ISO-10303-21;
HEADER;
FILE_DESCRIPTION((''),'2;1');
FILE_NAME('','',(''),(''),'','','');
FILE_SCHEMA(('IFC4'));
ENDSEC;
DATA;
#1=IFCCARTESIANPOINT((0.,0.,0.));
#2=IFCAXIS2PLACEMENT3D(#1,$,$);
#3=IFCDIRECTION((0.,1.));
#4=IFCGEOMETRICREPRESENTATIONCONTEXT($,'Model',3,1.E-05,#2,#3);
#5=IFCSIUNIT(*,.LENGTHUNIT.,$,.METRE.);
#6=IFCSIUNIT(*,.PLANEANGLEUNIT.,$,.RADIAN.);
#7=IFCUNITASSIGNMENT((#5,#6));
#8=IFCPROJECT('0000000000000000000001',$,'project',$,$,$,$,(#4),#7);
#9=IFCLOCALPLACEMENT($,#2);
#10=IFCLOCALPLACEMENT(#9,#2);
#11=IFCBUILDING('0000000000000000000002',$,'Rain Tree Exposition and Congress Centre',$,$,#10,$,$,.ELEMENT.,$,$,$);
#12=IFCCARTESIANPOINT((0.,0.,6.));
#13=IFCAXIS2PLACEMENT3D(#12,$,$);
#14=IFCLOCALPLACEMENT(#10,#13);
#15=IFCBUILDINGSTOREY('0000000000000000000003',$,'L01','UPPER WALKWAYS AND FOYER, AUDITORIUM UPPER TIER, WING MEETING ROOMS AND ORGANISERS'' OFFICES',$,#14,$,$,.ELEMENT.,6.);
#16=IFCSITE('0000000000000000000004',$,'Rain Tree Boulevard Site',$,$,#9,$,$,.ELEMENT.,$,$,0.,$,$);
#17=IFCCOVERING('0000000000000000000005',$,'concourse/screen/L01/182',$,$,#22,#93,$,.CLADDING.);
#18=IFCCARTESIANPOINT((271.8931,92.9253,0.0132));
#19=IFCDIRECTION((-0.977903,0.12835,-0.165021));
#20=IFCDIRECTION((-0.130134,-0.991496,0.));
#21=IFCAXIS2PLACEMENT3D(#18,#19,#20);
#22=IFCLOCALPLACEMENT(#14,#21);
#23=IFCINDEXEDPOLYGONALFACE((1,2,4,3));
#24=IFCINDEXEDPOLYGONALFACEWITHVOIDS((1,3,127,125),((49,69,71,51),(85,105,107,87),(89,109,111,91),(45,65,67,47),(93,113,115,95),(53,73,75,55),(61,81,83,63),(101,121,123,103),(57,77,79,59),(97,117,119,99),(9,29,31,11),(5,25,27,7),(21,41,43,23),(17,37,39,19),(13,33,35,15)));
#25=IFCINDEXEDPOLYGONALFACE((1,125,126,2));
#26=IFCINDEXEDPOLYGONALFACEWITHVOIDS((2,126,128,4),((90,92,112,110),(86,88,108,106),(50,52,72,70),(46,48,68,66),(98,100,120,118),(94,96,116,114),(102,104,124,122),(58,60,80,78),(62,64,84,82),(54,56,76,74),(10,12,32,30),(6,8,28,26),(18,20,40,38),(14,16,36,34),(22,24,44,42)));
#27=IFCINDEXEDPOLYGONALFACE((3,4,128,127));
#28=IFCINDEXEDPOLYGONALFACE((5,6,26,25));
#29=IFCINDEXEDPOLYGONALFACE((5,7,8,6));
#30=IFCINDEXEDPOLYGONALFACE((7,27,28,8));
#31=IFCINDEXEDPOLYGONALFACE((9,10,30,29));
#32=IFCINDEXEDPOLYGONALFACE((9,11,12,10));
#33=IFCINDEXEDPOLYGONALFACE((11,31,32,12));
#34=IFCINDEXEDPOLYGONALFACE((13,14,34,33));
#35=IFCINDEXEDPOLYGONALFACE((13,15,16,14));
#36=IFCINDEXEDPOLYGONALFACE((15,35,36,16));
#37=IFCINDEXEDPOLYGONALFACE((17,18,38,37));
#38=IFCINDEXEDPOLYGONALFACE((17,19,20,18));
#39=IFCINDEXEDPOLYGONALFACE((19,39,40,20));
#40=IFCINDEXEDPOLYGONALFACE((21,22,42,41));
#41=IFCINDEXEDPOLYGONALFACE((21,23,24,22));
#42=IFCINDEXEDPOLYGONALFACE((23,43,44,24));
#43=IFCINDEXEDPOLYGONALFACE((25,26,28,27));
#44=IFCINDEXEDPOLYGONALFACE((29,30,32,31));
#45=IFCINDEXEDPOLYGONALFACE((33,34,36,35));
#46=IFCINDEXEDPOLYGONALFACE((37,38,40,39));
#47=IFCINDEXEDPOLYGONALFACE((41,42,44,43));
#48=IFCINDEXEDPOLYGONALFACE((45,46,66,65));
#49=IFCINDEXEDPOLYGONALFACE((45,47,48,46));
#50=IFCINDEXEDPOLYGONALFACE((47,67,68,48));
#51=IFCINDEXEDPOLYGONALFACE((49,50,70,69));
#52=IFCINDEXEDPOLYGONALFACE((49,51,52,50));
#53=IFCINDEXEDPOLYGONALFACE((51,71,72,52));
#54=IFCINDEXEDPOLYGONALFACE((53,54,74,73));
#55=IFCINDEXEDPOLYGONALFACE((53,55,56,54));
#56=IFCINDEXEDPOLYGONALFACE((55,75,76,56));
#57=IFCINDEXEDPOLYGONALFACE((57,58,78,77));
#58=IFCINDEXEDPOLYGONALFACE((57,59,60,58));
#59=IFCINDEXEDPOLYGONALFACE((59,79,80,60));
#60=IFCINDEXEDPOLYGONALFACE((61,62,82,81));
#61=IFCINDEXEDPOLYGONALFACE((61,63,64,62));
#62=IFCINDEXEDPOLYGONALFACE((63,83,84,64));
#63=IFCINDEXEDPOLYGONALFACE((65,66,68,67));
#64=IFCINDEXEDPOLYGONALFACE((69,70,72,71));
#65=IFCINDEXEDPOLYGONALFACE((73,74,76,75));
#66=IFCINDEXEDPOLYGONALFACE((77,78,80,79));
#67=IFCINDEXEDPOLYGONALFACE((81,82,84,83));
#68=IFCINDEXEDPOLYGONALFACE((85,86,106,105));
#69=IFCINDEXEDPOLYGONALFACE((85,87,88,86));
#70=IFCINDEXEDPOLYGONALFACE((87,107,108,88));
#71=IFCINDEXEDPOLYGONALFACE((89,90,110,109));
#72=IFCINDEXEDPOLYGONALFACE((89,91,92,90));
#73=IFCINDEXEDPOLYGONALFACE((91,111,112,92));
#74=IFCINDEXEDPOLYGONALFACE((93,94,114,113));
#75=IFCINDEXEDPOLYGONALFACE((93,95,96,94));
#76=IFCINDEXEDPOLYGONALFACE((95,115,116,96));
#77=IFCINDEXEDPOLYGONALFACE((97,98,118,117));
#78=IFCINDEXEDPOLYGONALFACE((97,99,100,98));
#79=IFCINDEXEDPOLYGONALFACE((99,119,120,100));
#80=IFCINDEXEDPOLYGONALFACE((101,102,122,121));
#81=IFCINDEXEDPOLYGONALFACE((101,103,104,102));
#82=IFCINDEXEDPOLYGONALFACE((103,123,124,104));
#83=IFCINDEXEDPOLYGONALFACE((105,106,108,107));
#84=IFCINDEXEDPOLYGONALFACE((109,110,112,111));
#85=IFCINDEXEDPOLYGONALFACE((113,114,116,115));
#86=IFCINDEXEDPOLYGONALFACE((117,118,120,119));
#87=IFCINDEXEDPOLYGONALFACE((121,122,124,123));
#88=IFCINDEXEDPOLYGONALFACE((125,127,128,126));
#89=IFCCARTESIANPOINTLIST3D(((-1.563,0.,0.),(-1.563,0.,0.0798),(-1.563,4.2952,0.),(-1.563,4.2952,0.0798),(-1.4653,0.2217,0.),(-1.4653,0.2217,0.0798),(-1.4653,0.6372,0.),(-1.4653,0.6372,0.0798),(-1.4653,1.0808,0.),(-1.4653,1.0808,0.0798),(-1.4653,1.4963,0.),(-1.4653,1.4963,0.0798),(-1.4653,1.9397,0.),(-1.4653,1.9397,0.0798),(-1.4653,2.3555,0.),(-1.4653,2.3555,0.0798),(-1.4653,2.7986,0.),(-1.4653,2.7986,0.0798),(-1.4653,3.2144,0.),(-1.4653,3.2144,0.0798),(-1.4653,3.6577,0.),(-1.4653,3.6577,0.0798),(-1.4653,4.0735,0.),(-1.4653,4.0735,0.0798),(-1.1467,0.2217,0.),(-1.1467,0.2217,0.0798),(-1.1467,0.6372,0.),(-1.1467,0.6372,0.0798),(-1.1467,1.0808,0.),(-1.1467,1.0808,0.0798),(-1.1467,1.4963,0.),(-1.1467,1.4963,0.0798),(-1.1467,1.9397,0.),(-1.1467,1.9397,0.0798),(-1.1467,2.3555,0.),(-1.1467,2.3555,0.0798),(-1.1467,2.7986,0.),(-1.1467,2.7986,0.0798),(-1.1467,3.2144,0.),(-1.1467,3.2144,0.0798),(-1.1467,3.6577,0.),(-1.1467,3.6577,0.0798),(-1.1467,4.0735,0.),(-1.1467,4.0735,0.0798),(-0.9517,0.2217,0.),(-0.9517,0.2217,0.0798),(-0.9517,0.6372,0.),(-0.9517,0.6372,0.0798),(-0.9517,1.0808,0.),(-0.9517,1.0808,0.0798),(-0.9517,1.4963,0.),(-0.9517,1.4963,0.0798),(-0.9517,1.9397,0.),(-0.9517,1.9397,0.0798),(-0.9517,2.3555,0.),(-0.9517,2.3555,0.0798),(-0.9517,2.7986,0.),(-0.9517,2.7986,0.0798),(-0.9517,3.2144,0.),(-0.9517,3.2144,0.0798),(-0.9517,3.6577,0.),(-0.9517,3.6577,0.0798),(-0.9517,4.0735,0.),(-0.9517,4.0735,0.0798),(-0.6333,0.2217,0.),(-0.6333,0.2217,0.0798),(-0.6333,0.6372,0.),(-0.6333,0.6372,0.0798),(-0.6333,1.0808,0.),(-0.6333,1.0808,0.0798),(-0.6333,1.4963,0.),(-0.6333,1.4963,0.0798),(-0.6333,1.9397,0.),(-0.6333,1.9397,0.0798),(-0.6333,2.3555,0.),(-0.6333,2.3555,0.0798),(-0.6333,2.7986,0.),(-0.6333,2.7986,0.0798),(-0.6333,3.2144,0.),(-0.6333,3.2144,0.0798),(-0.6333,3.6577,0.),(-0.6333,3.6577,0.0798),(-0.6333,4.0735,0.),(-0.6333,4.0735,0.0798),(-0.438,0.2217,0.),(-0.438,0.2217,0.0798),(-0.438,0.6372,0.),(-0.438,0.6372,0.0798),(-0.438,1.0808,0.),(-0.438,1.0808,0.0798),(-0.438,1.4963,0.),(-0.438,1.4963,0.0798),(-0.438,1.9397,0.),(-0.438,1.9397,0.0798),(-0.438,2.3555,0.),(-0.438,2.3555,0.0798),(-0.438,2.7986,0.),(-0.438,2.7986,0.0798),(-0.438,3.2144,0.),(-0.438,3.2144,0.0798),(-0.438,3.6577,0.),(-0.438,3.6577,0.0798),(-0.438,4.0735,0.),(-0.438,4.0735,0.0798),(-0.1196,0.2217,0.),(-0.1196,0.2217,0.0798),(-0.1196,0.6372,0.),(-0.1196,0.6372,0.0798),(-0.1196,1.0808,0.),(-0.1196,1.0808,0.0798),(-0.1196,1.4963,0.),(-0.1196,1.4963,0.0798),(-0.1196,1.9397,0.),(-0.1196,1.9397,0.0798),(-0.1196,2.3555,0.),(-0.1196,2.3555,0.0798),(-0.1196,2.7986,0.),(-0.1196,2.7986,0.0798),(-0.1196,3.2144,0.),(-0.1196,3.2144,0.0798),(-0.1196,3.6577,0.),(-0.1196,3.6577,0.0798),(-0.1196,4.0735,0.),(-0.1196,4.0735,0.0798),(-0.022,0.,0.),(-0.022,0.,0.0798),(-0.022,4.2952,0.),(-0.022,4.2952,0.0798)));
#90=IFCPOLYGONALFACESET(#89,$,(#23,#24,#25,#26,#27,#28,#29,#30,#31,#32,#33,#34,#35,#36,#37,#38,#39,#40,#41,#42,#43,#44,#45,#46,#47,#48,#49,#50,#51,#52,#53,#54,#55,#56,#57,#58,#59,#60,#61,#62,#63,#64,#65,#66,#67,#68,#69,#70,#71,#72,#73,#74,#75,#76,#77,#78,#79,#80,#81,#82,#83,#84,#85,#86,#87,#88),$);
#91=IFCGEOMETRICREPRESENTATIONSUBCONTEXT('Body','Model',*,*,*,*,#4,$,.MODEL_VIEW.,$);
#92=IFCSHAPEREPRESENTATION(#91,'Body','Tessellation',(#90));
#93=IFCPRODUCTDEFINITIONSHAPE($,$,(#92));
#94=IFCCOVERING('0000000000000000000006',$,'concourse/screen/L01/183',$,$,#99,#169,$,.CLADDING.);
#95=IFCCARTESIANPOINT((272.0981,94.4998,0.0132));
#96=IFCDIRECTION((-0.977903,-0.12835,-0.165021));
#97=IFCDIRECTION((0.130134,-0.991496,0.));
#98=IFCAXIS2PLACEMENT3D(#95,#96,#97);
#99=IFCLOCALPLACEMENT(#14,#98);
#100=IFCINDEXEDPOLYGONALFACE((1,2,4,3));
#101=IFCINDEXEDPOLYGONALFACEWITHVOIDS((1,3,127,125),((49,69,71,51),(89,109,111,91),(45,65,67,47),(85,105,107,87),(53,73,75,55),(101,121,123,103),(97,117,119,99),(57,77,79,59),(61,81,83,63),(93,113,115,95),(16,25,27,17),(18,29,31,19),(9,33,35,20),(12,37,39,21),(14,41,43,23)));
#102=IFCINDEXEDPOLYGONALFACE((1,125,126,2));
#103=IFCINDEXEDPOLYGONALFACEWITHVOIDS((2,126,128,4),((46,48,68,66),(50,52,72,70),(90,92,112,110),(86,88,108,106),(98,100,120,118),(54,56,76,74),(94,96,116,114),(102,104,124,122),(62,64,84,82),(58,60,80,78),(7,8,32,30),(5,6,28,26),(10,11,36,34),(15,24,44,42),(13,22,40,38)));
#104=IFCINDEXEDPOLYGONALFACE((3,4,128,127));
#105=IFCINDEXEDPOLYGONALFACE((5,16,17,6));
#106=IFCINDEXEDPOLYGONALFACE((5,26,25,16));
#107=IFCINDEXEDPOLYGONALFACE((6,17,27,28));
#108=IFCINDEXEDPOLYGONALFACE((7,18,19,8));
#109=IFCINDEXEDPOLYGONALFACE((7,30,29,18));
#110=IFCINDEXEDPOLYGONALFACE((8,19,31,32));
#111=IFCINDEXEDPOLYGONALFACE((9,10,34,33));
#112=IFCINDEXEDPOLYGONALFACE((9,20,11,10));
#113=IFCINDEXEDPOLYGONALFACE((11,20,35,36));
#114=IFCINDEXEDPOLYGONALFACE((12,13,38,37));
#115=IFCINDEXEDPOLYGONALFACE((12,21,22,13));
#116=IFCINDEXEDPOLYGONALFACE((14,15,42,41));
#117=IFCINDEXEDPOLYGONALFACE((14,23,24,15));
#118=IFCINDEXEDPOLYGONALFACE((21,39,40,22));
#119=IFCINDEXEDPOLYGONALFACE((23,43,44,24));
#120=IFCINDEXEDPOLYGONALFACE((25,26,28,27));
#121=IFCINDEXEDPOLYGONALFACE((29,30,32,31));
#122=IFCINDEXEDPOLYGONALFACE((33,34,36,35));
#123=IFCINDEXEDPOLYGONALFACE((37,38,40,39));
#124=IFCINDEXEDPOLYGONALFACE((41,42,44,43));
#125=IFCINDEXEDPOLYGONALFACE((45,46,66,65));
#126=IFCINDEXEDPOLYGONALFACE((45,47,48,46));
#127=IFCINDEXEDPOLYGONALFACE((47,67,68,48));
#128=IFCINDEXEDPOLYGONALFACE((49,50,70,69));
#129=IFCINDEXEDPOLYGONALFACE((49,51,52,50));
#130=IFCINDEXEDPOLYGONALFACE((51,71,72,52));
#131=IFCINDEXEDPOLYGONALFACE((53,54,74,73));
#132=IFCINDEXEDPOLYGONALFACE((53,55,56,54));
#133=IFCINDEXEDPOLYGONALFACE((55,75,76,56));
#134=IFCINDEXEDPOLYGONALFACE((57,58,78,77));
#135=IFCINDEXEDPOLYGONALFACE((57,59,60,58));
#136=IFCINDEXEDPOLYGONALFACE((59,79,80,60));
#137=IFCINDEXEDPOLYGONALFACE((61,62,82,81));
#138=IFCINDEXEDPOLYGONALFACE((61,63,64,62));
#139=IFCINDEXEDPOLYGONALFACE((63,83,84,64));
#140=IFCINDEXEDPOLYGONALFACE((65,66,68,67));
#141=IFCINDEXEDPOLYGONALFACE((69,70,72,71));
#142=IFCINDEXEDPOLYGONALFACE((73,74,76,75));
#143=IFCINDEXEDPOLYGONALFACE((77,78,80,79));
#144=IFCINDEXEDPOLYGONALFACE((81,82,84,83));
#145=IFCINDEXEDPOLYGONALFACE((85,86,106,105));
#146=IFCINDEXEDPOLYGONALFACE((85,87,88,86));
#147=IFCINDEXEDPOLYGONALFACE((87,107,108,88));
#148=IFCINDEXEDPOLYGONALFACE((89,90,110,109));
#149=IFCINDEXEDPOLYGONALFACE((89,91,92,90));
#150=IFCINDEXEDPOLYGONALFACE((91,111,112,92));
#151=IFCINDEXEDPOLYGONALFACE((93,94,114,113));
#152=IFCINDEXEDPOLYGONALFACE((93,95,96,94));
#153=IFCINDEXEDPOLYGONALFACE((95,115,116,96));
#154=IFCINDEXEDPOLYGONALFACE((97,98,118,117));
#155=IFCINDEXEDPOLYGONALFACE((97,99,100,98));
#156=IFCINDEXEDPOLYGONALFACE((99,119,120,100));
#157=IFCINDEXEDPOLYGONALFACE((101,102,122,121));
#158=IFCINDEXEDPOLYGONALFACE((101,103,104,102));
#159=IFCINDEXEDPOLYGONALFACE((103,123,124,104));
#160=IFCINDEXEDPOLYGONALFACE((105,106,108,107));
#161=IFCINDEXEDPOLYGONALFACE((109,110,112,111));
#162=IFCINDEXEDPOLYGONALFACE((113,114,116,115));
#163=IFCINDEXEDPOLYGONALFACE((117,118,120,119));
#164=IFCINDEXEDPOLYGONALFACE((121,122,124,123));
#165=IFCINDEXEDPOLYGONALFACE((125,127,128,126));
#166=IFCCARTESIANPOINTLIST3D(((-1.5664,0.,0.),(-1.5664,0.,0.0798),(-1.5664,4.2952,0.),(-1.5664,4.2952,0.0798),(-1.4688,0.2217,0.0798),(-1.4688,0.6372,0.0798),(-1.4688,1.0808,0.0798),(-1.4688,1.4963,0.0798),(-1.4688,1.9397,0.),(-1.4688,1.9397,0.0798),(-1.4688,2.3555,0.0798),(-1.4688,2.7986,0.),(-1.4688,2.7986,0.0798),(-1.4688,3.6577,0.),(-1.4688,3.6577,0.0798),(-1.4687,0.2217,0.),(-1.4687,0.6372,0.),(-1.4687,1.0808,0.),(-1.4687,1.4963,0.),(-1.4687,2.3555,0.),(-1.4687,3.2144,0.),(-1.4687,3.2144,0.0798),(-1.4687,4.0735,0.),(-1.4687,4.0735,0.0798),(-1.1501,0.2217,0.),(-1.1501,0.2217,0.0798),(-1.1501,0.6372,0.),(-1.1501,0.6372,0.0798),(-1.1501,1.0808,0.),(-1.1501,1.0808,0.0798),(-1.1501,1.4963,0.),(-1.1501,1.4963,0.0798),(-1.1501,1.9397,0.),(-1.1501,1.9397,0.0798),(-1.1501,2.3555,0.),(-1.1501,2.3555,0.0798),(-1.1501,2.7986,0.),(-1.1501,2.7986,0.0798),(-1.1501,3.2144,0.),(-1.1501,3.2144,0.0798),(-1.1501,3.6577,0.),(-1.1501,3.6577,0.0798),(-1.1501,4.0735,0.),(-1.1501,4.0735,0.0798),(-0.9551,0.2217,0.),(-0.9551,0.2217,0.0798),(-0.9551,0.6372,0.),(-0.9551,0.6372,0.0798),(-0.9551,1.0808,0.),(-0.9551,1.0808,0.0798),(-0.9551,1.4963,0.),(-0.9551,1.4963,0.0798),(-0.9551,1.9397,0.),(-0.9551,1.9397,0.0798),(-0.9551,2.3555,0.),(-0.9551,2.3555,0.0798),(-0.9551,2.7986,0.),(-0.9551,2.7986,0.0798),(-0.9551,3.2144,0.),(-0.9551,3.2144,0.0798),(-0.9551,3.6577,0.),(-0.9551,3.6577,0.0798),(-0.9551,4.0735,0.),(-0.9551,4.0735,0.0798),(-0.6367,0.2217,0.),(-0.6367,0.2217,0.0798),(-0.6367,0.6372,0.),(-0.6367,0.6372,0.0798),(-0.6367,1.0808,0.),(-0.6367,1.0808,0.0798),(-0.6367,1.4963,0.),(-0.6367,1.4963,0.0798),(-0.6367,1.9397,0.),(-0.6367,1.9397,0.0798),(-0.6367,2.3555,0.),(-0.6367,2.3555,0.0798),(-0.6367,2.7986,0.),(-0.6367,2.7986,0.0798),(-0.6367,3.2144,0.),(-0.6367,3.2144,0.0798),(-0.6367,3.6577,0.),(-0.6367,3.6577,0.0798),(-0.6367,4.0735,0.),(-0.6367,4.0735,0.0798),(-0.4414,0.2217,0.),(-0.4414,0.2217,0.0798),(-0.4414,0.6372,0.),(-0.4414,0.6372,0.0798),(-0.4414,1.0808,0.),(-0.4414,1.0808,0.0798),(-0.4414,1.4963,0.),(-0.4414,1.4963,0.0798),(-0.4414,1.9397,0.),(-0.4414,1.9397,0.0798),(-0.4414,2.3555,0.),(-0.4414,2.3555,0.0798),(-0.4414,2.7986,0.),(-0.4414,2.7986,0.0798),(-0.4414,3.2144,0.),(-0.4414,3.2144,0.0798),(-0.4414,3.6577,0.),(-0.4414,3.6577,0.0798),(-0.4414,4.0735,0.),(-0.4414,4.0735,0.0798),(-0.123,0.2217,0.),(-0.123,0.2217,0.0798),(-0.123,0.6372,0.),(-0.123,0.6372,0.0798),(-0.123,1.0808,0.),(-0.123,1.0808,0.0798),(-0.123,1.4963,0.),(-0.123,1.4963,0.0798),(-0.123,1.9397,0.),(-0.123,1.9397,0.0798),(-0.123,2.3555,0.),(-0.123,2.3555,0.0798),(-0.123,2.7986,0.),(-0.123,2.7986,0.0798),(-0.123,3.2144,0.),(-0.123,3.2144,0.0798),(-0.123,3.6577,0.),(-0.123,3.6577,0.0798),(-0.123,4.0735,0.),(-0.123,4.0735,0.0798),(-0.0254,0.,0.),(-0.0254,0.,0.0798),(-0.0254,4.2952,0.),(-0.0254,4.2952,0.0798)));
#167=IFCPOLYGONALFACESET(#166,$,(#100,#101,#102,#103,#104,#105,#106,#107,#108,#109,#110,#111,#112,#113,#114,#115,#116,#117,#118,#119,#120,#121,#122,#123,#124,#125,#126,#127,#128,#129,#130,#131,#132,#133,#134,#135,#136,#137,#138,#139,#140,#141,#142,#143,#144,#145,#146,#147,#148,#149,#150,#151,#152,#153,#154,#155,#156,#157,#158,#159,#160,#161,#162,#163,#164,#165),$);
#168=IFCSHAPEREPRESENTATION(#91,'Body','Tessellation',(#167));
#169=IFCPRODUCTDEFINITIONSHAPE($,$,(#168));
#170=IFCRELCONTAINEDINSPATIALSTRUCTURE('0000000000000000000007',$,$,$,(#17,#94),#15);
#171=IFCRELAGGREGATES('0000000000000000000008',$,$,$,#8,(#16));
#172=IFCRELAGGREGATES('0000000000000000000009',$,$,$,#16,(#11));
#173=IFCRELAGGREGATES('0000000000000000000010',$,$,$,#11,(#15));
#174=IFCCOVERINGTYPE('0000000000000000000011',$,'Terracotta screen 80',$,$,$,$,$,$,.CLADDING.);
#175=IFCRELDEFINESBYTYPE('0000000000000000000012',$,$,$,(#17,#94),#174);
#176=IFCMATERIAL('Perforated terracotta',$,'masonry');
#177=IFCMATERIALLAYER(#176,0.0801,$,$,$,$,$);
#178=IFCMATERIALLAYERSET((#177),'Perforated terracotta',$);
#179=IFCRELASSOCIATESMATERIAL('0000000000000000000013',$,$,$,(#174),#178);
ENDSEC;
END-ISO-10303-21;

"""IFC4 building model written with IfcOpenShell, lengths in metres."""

from ifc_helpers import new_model, si_unit, direction, frame, origin, place, context, subcontext, project, spatial, polyline, outline, extrude, material, layer, layer_set, type_object, element, save


model = new_model("IFC4")

# Units and contexts
model_context = context("Model", 3, precision=1e-05, world=origin(), true_north=direction((0.0, 1.0)))
body_context = subcontext(model_context, "Body", "Model", "MODEL_VIEW")
ifc_project = project(units=[si_unit("LENGTHUNIT", "METRE"), si_unit("PLANEANGLEUNIT", "RADIAN")], contexts=[model_context])

# Site, building, storey
site_placement = place(None, origin())
site = spatial("IfcSite", under=ifc_project, at=site_placement, Name="Rain Tree Boulevard Site", CompositionType="ELEMENT", RefElevation=0.0)
building_placement = place(site_placement, origin())
building = spatial("IfcBuilding", under=site, at=building_placement, Name="Rain Tree Exposition and Congress Centre", CompositionType="ELEMENT")
storey_placement = place(building_placement, frame((0.0, 0.0, 6.0)))
storey = spatial("IfcBuildingStorey", under=building, at=storey_placement, Name="L01", Description="UPPER WALKWAYS AND FOYER, AUDITORIUM UPPER TIER, WING MEETING ROOMS AND ORGANISERS' OFFICES", CompositionType="ELEMENT", Elevation=6.0)

# Coverings
ifc_material_1 = material(Name="Perforated terracotta", Category="masonry")
ifc_layer_1 = layer(ifc_material_1, 0.0801)
ifc_layer_set_1 = layer_set([ifc_layer_1], Name="Perforated terracotta")
covering_type = type_object("IfcCoveringType", Name="Terracotta screen 80", PredefinedType="CLADDING", material=ifc_layer_set_1)
covering_1_placement = place(storey_placement, frame((271.8931, 92.9253, 0.0132), z_axis=(-0.977903, 0.12835, -0.165021), x_axis=(-0.130134, -0.991496, 0.0)))
element("IfcCovering", 1, at=covering_1_placement, inside=storey, type_object=covering_type, Name="concourse/screen/L01/182", PredefinedType="CLADDING", context=body_context, shape_type="SweptSolid", body=[
    extrude(outline(polyline([(-1.563, 0.0), (-1.563, 4.2952), (-0.022, 4.2952), (-0.022, 0.0), (-1.563, 0.0)]), holes=[polyline([(-0.1196, 0.2217), (-0.1196, 0.6372), (-0.438, 0.6372), (-0.438, 0.2217), (-0.1196, 0.2217)]), polyline([(-0.1196, 1.0808), (-0.1196, 1.4963), (-0.438, 1.4963), (-0.438, 1.0808), (-0.1196, 1.0808)]), polyline([(-0.1196, 1.9397), (-0.1196, 2.3555), (-0.438, 2.3555), (-0.438, 1.9397), (-0.1196, 1.9397)]), polyline([(-0.1196, 2.7986), (-0.1196, 3.2144), (-0.438, 3.2144), (-0.438, 2.7986), (-0.1196, 2.7986)]), polyline([(-0.1196, 3.6577), (-0.1196, 4.0735), (-0.438, 4.0735), (-0.438, 3.6577), (-0.1196, 3.6577)]), polyline([(-0.6333, 0.2217), (-0.6333, 0.6372), (-0.9517, 0.6372), (-0.9517, 0.2217), (-0.6333, 0.2217)]), polyline([(-0.6333, 1.0808), (-0.6333, 1.4963), (-0.9517, 1.4963), (-0.9517, 1.0808), (-0.6333, 1.0808)]), polyline([(-0.6333, 1.9397), (-0.6333, 2.3555), (-0.9517, 2.3555), (-0.9517, 1.9397), (-0.6333, 1.9397)]), polyline([(-0.6333, 2.7986), (-0.6333, 3.2144), (-0.9517, 3.2144), (-0.9517, 2.7986), (-0.6333, 2.7986)]), polyline([(-0.6333, 3.6577), (-0.6333, 4.0735), (-0.9517, 4.0735), (-0.9517, 3.6577), (-0.6333, 3.6577)]), polyline([(-1.1467, 0.2217), (-1.1467, 0.6372), (-1.4653, 0.6372), (-1.4653, 0.2217), (-1.1467, 0.2217)]), polyline([(-1.1467, 1.0808), (-1.1467, 1.4963), (-1.4653, 1.4963), (-1.4653, 1.0808), (-1.1467, 1.0808)]), polyline([(-1.1467, 1.9397), (-1.1467, 2.3555), (-1.4653, 2.3555), (-1.4653, 1.9397), (-1.1467, 1.9397)]), polyline([(-1.1467, 2.7986), (-1.1467, 3.2144), (-1.4653, 3.2144), (-1.4653, 2.7986), (-1.1467, 2.7986)]), polyline([(-1.1467, 3.6577), (-1.1467, 4.0735), (-1.4653, 4.0735), (-1.4653, 3.6577), (-1.1467, 3.6577)])]), origin(), (0.0, 0.0, 1.0), 0.0798),
])
covering_2_placement = place(storey_placement, frame((272.0981, 94.4998, 0.0132), z_axis=(-0.977903, -0.12835, -0.165021), x_axis=(0.130134, -0.991496, 0.0)))
element("IfcCovering", 2, at=covering_2_placement, inside=storey, type_object=covering_type, Name="concourse/screen/L01/183", PredefinedType="CLADDING", context=body_context, shape_type="SweptSolid", body=[
    extrude(outline(polyline([(-1.5664, 0.0), (-1.5664, 4.2952), (-0.0254, 4.2952), (-0.0254, 0.0), (-1.5664, 0.0)]), holes=[polyline([(-0.123, 0.2217), (-0.123, 0.6372), (-0.4414, 0.6372), (-0.4414, 0.2217), (-0.123, 0.2217)]), polyline([(-0.123, 1.0808), (-0.123, 1.4963), (-0.4414, 1.4963), (-0.4414, 1.0808), (-0.123, 1.0808)]), polyline([(-0.123, 1.9397), (-0.123, 2.3555), (-0.4414, 2.3555), (-0.4414, 1.9397), (-0.123, 1.9397)]), polyline([(-0.123, 2.7986), (-0.123, 3.2144), (-0.4414, 3.2144), (-0.4414, 2.7986), (-0.123, 2.7986)]), polyline([(-0.123, 3.6577), (-0.123, 4.0735), (-0.4414, 4.0735), (-0.4414, 3.6577), (-0.123, 3.6577)]), polyline([(-0.6367, 0.2217), (-0.6367, 0.6372), (-0.9551, 0.6372), (-0.9551, 0.2217), (-0.6367, 0.2217)]), polyline([(-0.6367, 1.0808), (-0.6367, 1.4963), (-0.9551, 1.4963), (-0.9551, 1.0808), (-0.6367, 1.0808)]), polyline([(-0.6367, 1.9397), (-0.6367, 2.3555), (-0.9551, 2.3555), (-0.9551, 1.9397), (-0.6367, 1.9397)]), polyline([(-0.6367, 2.7986), (-0.6367, 3.2144), (-0.9551, 3.2144), (-0.9551, 2.7986), (-0.6367, 2.7986)]), polyline([(-0.6367, 3.6577), (-0.6367, 4.0735), (-0.9551, 4.0735), (-0.9551, 3.6577), (-0.6367, 3.6577)]), polyline([(-1.1501, 0.2217), (-1.1501, 0.6372), (-1.4688, 0.6372), (-1.4688, 0.2217), (-1.1501, 0.2217)]), polyline([(-1.1501, 1.0808), (-1.1501, 1.4963), (-1.4688, 1.4963), (-1.4688, 1.0808), (-1.1501, 1.0808)]), polyline([(-1.1501, 1.9397), (-1.1501, 2.3555), (-1.4688, 2.3555), (-1.4688, 1.9397), (-1.1501, 1.9397)]), polyline([(-1.1501, 2.7986), (-1.1501, 3.2144), (-1.4688, 3.2144), (-1.4688, 2.7986), (-1.1501, 2.7986)]), polyline([(-1.1501, 3.6577), (-1.1501, 4.0735), (-1.4688, 4.0735), (-1.4688, 3.6577), (-1.1501, 3.6577)])]), origin(), (0.0, 0.0, 1.0), 0.0798),
])

save(model, "model.ifc")
